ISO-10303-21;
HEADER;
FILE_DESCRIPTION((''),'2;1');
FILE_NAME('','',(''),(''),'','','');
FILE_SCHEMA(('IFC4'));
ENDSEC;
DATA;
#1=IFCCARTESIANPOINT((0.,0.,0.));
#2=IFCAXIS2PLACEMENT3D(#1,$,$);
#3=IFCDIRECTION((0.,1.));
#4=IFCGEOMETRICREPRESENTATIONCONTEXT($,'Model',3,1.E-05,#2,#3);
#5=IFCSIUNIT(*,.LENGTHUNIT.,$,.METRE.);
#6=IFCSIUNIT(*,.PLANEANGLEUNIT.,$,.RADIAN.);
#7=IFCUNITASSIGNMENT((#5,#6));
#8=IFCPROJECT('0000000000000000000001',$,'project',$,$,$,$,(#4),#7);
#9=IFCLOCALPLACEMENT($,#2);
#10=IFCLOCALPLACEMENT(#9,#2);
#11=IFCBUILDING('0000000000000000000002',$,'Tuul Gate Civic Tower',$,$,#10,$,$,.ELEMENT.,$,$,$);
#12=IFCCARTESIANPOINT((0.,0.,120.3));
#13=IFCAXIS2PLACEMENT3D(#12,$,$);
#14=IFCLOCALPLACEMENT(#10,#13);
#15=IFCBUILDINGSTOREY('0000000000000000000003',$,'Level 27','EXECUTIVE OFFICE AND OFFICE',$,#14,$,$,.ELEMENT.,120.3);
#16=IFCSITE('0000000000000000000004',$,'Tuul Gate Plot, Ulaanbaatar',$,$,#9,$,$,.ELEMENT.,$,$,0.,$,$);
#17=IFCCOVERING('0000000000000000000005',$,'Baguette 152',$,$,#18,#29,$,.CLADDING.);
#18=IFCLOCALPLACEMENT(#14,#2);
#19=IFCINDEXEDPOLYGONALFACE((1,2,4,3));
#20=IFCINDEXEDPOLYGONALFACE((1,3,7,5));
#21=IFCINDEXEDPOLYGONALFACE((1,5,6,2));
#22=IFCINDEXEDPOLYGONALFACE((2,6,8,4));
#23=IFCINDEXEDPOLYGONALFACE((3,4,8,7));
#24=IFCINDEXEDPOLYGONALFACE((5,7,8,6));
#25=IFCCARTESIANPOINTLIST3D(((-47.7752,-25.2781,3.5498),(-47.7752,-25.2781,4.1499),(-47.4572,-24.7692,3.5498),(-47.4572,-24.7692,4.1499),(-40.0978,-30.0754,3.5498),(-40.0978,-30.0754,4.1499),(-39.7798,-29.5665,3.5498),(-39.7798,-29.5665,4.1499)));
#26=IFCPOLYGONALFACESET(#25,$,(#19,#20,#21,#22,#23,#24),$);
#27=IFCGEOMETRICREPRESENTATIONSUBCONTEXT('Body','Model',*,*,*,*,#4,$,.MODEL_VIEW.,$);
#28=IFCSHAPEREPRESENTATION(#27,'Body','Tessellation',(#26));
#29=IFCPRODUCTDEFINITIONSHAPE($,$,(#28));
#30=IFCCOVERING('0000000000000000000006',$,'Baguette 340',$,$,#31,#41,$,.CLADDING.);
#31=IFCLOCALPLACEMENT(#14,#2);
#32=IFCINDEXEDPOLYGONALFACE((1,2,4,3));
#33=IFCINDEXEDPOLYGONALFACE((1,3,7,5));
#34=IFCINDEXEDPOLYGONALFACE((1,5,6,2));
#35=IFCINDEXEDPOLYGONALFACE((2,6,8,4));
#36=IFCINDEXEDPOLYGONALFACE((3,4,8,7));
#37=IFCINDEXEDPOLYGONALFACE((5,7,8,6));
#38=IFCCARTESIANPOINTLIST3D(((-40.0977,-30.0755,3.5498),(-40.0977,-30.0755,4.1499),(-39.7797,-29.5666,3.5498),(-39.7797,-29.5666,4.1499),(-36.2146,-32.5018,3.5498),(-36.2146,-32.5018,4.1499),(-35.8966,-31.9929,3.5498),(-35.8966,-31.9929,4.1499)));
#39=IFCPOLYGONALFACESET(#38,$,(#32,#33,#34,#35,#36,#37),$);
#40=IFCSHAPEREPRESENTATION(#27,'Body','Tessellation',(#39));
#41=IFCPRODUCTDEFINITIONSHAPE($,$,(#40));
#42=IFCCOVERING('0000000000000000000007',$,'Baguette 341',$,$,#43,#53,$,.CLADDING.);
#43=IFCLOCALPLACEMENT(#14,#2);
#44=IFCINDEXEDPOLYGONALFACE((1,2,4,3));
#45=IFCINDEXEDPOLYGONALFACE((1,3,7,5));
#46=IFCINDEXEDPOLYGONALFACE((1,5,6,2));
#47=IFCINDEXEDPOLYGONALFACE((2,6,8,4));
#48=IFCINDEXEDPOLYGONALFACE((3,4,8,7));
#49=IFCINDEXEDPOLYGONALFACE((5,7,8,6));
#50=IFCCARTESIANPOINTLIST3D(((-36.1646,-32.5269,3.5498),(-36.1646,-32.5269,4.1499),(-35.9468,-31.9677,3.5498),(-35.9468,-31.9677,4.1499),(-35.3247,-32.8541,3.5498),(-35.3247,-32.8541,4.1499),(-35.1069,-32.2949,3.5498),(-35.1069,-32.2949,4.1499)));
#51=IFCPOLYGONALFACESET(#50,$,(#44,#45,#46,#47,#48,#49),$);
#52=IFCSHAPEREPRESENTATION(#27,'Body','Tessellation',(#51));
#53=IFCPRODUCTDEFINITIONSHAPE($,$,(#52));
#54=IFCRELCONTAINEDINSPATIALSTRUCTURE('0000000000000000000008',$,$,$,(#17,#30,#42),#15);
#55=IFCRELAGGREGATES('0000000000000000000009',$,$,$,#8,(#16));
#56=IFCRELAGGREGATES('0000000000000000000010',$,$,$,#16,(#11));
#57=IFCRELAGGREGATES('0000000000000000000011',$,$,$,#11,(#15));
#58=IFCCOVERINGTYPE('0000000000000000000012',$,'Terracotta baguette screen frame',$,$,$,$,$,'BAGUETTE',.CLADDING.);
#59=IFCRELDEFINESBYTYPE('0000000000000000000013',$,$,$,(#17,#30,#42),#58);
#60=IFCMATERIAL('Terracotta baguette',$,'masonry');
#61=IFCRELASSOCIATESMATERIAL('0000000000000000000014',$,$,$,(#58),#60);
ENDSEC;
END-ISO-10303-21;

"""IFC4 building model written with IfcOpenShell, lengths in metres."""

from ifc_helpers import new_model, si_unit, direction, frame, origin, origin_2d, place, context, subcontext, project, spatial, rectangle, extrude, material, material_profile, profile_set, type_object, element, save


model = new_model("IFC4")

# Units and contexts
model_context = context("Model", 3, precision=1e-05, world=origin(), true_north=direction((0.0, 1.0)))
body_context = subcontext(model_context, "Body", "Model", "MODEL_VIEW")
ifc_project = project(units=[si_unit("LENGTHUNIT", "METRE"), si_unit("PLANEANGLEUNIT", "RADIAN")], contexts=[model_context])

# Site, building, storey
site_placement = place(None, origin())
site = spatial("IfcSite", under=ifc_project, at=site_placement, Name="Tuul Gate Plot, Ulaanbaatar", CompositionType="ELEMENT", RefElevation=0.0)
building_placement = place(site_placement, origin())
building = spatial("IfcBuilding", under=site, at=building_placement, Name="Tuul Gate Civic Tower", CompositionType="ELEMENT")
storey_placement = place(building_placement, frame((0.0, 0.0, 120.3)))
storey = spatial("IfcBuildingStorey", under=building, at=storey_placement, Name="Level 27", Description="EXECUTIVE OFFICE AND OFFICE", CompositionType="ELEMENT", Elevation=120.3)

# Coverings
ifc_material_1 = material(Name="Terracotta baguette", Category="masonry")
ifc_material_profile_1 = material_profile(ifc_material_1, rectangle(XDim=0.6001, YDim=0.6001, at=origin_2d()), Name="Terracotta baguette screen frame")
ifc_profile_set_1 = profile_set([ifc_material_profile_1], Name="Terracotta baguette")
covering_type = type_object("IfcCoveringType", Name="Terracotta baguette screen frame", ElementType="BAGUETTE", PredefinedType="CLADDING", material=ifc_profile_set_1)
covering_1_placement = place(storey_placement, frame((-47.6162, -25.0237, 3.8499), z_axis=(0.848051, -0.529914, 0.0), x_axis=(0.529914, 0.848051, 0.0)))
element("IfcCovering", 1, at=covering_1_placement, inside=storey, type_object=covering_type, Name="Baguette 152", PredefinedType="CLADDING", context=body_context, shape_type="SweptSolid", body=[
    extrude(rectangle(XDim=0.6001, YDim=0.6001, at=origin_2d()), origin(), (0.0, 0.0, 1.0), 9.053),
])
covering_2_placement = place(storey_placement, frame((-39.9387, -29.821, 3.8499), z_axis=(0.848061, -0.529898, 0.0), x_axis=(0.529898, 0.848061, 0.0)))
element("IfcCovering", 2, at=covering_2_placement, inside=storey, type_object=covering_type, Name="Baguette 340", PredefinedType="CLADDING", context=body_context, shape_type="SweptSolid", body=[
    extrude(rectangle(XDim=0.6001, YDim=0.6001, at=origin_2d()), origin(), (0.0, 0.0, 1.0), 4.5789),
])
covering_3_placement = place(storey_placement, frame((-36.0557, -32.2473, 3.8499), z_axis=(0.931801, -0.362969, 0.0), x_axis=(0.362969, 0.931801, 0.0)))
element("IfcCovering", 3, at=covering_3_placement, inside=storey, type_object=covering_type, Name="Baguette 341", PredefinedType="CLADDING", context=body_context, shape_type="SweptSolid", body=[
    extrude(rectangle(XDim=0.6001, YDim=0.6001, at=origin_2d()), origin(), (0.0, 0.0, 1.0), 0.9014),
])

save(model, "model.ifc")
